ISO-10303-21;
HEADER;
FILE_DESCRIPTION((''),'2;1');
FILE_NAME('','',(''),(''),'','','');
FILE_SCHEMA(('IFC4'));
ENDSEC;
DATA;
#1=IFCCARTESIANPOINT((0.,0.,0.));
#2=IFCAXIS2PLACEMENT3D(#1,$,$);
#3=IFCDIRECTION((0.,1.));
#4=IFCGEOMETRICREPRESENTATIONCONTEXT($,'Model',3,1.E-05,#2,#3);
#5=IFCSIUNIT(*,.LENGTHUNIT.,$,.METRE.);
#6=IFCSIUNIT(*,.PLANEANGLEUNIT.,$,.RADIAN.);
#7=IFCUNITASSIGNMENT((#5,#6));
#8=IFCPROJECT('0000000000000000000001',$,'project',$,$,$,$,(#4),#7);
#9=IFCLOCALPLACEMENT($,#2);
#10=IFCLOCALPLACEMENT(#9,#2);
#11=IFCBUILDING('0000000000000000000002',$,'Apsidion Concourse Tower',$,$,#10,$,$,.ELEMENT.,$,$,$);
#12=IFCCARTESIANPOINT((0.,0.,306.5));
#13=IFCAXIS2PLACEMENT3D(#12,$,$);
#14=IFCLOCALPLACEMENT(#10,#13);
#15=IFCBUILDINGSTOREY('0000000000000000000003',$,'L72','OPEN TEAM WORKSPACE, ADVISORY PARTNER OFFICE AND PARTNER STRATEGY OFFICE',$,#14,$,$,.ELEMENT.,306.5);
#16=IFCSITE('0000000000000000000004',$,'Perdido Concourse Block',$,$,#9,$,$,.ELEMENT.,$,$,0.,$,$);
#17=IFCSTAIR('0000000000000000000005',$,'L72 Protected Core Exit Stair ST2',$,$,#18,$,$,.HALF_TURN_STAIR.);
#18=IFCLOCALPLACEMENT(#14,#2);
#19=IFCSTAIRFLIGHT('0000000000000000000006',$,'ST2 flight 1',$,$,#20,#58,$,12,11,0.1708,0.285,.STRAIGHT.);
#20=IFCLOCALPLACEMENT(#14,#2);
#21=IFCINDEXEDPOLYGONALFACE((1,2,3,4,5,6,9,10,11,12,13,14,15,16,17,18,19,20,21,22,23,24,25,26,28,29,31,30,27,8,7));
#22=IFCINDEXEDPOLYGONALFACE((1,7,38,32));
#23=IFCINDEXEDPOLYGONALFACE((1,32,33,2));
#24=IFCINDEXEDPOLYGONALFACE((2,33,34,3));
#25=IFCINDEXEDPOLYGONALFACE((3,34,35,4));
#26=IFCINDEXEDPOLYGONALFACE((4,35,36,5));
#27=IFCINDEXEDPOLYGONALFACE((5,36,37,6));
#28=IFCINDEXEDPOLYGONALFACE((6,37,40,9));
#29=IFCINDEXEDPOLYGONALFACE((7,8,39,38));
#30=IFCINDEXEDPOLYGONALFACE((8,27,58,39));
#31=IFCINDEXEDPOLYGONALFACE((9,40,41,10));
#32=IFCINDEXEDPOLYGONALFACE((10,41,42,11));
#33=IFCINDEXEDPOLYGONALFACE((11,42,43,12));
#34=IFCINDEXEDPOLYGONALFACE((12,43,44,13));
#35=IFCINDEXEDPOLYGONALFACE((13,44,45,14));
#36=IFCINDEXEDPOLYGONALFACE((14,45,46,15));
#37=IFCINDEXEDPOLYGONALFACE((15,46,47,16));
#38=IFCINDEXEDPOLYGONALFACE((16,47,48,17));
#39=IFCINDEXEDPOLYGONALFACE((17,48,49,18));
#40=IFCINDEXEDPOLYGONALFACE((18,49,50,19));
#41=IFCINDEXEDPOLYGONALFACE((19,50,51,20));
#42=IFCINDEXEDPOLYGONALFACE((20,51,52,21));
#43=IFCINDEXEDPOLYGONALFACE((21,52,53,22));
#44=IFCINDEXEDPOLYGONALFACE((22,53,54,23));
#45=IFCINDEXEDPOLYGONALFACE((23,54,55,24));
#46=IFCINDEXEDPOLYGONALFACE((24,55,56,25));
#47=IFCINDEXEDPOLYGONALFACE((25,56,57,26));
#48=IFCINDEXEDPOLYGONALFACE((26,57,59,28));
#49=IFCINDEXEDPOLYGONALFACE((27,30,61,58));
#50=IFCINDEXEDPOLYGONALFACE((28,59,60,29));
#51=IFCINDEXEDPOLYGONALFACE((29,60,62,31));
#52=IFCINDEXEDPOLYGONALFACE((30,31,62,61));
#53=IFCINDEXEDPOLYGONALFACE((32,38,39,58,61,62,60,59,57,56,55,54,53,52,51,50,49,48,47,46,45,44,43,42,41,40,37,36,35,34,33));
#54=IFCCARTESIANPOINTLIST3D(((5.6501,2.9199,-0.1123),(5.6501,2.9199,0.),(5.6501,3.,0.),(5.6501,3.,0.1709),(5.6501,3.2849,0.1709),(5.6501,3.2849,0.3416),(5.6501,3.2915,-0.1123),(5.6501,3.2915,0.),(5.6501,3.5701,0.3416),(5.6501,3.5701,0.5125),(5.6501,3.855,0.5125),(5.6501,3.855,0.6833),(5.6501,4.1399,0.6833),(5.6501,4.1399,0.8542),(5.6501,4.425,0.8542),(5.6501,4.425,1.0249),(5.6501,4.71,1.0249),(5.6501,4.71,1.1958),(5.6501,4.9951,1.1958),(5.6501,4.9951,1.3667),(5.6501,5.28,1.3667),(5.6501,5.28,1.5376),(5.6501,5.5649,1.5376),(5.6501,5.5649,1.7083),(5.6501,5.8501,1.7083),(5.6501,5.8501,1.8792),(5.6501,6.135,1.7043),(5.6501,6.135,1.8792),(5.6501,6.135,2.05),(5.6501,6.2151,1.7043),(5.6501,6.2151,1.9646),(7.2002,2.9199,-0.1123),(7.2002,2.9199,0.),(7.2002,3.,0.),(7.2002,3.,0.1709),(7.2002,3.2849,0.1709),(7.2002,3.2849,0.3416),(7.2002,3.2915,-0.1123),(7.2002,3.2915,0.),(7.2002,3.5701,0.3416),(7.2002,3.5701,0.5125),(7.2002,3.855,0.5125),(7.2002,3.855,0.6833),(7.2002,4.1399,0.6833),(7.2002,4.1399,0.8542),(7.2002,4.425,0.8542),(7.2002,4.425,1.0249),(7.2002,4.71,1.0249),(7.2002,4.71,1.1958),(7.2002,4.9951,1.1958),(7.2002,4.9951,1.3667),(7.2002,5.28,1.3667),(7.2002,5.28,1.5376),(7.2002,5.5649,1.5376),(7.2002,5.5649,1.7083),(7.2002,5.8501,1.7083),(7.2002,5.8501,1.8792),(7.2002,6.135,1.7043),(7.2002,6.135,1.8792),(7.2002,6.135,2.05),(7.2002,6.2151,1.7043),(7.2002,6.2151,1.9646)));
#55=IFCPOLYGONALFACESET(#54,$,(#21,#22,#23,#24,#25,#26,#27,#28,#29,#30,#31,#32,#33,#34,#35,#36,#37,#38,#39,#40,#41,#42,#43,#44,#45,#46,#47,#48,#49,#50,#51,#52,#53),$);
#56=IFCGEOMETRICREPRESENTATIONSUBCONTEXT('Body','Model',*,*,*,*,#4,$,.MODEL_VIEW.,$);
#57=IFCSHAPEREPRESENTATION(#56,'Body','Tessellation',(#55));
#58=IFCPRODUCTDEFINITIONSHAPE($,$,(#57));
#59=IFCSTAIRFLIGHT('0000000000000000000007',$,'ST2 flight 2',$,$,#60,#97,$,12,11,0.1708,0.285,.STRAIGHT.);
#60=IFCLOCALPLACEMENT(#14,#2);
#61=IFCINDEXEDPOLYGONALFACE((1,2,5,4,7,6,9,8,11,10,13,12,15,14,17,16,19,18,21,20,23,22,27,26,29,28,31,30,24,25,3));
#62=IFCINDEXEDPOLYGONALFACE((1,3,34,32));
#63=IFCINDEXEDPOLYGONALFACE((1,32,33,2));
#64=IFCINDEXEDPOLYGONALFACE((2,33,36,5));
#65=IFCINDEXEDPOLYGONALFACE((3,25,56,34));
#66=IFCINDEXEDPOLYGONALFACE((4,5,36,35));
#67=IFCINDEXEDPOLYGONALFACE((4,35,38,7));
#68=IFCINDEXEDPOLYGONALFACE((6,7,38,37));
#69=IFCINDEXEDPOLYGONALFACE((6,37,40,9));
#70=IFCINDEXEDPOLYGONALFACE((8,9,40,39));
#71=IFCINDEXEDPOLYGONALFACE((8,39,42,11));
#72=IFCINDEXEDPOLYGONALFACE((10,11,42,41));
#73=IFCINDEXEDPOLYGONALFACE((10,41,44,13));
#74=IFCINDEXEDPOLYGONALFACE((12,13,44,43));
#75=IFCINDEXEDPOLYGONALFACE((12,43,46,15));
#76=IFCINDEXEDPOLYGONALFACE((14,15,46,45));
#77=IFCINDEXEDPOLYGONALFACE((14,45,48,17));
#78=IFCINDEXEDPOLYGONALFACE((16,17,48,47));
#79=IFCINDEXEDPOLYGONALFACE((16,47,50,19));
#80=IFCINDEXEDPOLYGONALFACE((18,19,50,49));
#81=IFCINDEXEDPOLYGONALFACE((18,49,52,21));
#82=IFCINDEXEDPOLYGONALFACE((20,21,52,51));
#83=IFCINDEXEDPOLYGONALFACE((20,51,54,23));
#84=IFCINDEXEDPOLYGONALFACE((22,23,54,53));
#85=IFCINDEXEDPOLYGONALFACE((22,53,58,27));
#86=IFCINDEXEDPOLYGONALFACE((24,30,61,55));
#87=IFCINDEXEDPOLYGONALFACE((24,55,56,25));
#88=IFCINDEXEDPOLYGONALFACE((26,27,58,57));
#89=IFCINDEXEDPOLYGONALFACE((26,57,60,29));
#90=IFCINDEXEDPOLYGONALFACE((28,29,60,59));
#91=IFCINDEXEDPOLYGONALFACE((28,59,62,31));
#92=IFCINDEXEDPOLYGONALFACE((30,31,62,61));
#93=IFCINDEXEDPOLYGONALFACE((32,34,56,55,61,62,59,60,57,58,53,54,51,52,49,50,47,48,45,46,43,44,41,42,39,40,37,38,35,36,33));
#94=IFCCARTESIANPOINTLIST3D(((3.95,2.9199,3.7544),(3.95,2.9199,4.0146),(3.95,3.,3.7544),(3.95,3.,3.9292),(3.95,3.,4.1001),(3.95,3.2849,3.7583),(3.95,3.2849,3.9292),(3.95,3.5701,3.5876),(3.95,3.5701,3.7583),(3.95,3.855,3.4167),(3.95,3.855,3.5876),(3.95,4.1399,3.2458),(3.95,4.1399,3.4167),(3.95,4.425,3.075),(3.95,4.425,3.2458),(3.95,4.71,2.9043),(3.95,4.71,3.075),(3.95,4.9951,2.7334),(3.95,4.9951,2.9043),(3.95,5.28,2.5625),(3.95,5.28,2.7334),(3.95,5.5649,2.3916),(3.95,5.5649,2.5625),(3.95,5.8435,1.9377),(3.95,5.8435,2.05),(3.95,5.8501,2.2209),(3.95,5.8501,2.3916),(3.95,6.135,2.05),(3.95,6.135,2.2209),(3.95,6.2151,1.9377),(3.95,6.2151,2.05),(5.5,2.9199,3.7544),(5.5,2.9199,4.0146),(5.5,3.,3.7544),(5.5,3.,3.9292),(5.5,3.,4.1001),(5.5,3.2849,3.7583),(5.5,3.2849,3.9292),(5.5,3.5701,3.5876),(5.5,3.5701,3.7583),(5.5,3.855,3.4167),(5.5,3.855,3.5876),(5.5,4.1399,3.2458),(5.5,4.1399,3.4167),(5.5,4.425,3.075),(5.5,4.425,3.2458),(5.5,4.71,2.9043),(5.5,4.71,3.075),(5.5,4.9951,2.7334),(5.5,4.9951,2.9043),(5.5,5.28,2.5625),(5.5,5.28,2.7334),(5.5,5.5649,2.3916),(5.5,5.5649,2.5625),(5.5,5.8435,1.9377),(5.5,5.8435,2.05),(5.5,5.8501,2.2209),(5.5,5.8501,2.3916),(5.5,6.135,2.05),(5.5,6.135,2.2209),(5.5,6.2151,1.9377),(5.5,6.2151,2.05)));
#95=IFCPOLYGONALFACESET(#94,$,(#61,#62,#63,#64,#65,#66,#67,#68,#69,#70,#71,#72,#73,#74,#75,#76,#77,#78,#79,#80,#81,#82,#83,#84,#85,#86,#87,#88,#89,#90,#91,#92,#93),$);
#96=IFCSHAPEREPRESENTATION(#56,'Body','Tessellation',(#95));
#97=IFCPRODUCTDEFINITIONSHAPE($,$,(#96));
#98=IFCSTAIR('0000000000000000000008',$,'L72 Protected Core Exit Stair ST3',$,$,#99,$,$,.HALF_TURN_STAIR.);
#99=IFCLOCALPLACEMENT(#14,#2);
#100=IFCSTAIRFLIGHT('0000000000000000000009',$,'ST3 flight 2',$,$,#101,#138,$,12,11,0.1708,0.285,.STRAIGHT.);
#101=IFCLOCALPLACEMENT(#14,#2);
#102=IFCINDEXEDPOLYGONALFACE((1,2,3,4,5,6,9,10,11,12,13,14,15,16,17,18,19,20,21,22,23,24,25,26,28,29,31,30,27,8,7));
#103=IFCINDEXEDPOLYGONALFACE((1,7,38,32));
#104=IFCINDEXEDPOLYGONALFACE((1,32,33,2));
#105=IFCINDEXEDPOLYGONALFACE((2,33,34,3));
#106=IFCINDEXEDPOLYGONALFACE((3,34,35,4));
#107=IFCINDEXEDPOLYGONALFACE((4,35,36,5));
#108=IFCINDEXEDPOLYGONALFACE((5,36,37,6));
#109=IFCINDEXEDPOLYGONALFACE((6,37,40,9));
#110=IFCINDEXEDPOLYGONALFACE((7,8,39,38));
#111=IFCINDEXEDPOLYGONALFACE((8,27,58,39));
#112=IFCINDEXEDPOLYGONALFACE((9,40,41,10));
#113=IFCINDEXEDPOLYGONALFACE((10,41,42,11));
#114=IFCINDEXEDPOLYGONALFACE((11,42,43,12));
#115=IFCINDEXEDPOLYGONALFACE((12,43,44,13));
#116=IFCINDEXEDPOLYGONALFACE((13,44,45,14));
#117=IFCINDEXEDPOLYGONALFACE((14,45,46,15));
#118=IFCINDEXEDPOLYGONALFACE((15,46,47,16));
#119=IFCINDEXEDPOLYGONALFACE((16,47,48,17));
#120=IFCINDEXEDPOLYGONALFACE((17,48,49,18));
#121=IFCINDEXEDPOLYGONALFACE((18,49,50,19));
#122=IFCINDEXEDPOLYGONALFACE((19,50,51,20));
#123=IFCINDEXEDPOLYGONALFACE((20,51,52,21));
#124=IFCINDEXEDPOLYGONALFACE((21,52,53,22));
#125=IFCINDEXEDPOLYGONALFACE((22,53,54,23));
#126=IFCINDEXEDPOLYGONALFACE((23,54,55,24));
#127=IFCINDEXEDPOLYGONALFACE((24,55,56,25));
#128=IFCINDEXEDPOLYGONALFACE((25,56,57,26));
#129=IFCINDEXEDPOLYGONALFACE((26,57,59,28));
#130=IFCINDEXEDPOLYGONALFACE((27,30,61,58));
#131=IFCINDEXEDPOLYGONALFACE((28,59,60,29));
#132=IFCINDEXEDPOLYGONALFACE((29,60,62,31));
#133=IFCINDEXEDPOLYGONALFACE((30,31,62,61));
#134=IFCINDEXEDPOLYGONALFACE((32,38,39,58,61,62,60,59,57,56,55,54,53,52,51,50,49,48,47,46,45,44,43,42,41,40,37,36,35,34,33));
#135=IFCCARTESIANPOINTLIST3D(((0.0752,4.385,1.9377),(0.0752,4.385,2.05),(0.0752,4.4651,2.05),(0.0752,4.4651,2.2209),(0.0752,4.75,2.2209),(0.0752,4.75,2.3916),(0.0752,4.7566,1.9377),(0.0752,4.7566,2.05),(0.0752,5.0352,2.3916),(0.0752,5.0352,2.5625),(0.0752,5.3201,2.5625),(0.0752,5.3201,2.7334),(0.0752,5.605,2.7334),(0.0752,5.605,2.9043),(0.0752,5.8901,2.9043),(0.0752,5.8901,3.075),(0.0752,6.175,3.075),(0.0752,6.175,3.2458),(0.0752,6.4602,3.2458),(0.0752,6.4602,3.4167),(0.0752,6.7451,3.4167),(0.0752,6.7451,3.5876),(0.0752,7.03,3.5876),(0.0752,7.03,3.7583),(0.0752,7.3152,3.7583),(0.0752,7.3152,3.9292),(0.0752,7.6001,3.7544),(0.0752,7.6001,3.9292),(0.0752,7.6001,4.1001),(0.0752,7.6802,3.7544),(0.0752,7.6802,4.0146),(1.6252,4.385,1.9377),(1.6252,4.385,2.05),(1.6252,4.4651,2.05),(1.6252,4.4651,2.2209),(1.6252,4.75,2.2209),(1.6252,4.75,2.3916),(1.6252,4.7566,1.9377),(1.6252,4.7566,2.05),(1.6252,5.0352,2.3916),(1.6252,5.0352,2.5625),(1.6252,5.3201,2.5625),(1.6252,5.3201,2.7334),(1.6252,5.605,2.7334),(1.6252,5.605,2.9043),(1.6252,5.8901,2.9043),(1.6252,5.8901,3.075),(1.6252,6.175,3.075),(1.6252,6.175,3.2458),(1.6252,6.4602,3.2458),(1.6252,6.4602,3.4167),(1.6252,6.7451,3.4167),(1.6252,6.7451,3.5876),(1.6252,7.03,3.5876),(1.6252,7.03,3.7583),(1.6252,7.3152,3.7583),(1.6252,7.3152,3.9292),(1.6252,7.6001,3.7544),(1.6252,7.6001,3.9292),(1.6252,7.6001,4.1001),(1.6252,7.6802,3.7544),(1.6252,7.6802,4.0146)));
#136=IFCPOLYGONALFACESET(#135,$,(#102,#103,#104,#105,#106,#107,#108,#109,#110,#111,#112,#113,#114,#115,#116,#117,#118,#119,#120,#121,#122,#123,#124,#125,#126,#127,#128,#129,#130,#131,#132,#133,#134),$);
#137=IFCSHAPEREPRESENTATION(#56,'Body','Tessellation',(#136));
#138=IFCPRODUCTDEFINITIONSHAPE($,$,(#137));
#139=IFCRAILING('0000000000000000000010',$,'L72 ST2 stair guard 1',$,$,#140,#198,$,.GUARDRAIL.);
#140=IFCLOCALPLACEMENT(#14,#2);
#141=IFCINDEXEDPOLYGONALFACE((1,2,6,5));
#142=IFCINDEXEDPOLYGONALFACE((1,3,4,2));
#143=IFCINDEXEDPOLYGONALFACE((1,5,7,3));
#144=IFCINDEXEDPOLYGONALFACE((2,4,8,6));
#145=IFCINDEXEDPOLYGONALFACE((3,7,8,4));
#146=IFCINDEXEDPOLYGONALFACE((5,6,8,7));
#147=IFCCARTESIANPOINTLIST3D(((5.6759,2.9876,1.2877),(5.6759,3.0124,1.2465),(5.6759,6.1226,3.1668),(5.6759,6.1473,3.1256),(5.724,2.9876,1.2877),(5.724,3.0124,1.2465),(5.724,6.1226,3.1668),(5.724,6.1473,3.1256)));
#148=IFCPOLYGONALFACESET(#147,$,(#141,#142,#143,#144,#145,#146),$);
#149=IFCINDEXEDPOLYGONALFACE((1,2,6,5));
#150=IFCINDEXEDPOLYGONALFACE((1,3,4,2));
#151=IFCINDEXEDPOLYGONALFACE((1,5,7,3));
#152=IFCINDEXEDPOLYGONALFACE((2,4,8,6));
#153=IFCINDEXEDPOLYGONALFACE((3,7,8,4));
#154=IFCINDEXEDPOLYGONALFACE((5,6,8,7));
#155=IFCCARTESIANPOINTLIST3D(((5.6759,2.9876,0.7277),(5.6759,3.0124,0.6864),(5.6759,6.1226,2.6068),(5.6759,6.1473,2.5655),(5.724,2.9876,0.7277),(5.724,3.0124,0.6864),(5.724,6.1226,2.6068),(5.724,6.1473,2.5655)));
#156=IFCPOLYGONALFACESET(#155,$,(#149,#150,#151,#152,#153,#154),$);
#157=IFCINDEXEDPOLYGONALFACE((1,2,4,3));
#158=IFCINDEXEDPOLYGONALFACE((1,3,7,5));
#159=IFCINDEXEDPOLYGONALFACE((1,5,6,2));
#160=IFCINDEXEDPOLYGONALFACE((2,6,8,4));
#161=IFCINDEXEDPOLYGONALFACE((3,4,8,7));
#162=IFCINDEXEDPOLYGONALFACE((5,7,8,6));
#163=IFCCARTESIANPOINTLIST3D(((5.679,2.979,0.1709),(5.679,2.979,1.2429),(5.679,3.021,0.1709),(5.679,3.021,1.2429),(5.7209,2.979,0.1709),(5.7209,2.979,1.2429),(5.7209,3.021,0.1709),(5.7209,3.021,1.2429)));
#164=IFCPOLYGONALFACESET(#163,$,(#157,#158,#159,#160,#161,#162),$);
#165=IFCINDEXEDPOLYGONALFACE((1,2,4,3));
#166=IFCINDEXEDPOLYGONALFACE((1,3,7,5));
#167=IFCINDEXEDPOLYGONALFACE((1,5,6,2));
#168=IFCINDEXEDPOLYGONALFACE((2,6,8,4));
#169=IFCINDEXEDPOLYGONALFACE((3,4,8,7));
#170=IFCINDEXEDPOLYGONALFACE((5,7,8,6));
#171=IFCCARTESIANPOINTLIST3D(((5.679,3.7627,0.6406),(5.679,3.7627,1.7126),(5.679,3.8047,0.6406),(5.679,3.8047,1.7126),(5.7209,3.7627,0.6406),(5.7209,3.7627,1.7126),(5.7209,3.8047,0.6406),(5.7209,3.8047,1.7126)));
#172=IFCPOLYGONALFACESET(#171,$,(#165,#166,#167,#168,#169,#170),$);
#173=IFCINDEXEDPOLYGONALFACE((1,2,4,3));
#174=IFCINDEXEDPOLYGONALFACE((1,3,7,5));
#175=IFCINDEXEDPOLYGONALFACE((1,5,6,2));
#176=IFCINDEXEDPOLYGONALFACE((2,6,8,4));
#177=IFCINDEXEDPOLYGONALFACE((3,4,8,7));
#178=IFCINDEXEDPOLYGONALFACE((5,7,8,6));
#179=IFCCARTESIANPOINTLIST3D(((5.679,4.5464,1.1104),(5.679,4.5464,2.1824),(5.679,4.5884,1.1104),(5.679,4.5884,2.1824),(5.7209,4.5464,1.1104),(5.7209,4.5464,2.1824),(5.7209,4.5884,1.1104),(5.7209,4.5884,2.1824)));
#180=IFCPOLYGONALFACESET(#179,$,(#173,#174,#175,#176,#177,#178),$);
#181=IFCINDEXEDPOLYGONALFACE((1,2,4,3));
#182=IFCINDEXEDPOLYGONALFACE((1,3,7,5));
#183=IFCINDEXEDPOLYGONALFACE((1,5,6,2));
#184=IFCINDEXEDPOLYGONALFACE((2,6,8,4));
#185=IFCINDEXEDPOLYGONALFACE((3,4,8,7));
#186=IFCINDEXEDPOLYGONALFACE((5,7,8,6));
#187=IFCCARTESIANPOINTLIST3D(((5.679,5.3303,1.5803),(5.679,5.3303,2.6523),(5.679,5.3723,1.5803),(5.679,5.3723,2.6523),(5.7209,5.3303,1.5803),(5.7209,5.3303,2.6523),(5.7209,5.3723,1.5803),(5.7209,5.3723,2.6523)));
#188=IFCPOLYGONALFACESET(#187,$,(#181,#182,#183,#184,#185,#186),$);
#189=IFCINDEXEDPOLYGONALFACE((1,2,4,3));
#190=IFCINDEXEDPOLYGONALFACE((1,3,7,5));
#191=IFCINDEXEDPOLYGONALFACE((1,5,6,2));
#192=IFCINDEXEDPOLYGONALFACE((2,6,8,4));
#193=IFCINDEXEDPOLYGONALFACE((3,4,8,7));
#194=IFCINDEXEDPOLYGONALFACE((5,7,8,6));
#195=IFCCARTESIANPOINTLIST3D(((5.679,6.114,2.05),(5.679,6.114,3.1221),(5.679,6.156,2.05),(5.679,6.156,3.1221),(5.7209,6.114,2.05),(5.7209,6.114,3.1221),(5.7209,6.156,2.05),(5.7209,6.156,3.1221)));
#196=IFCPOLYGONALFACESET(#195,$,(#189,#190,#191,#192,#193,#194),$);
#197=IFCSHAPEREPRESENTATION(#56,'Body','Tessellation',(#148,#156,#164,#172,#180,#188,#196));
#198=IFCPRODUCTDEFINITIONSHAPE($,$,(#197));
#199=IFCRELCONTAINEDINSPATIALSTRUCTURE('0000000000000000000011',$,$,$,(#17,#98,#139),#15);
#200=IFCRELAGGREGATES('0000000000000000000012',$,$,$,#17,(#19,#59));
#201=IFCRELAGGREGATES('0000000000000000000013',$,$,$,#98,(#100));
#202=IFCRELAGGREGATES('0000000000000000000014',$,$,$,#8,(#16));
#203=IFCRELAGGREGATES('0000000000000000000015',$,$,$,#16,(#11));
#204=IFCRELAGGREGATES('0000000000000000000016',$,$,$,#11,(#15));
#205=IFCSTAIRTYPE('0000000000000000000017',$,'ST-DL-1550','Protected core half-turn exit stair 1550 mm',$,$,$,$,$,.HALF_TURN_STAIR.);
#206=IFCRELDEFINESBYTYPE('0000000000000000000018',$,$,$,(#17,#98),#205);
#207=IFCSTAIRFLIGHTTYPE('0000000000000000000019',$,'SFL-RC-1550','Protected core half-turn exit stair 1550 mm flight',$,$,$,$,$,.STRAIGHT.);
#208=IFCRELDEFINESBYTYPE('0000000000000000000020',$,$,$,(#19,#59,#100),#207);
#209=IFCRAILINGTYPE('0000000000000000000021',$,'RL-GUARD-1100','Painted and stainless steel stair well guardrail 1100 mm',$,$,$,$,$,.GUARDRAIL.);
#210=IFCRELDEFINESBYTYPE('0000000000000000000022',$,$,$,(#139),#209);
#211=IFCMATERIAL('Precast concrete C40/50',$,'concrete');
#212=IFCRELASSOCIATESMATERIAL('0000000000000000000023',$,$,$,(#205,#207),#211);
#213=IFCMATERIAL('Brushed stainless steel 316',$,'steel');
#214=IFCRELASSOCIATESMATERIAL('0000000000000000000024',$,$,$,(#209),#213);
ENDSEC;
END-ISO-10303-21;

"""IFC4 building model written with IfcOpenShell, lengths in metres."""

from ifc_helpers import new_model, si_unit, direction, frame, origin, origin_2d, place, context, subcontext, project, spatial, polyline, rectangle, outline, extrude, material, type_object, element, aggregate, save


model = new_model("IFC4")

# Units and contexts
model_context = context("Model", 3, precision=1e-05, world=origin(), true_north=direction((0.0, 1.0)))
body_context = subcontext(model_context, "Body", "Model", "MODEL_VIEW")
ifc_project = project(units=[si_unit("LENGTHUNIT", "METRE"), si_unit("PLANEANGLEUNIT", "RADIAN")], contexts=[model_context])

# Site, building, storey
site_placement = place(None, origin())
site = spatial("IfcSite", under=ifc_project, at=site_placement, Name="Perdido Concourse Block", CompositionType="ELEMENT", RefElevation=0.0)
building_placement = place(site_placement, origin())
building = spatial("IfcBuilding", under=site, at=building_placement, Name="Apsidion Concourse Tower", CompositionType="ELEMENT")
storey_placement = place(building_placement, frame((0.0, 0.0, 306.5)))
storey = spatial("IfcBuildingStorey", under=building, at=storey_placement, Name="L72", Description="OPEN TEAM WORKSPACE, ADVISORY PARTNER OFFICE AND PARTNER STRATEGY OFFICE", CompositionType="ELEMENT", Elevation=306.5)

# Stair, stair flights
ifc_material_1 = material(Name="Precast concrete C40/50", Category="concrete")
stair_type = type_object("IfcStairType", Name="ST-DL-1550", Description="Protected core half-turn exit stair 1550 mm", PredefinedType="HALF_TURN_STAIR", material=ifc_material_1)
stair_1_placement = place(storey_placement, origin())
stair_1 = element("IfcStair", 1, at=stair_1_placement, inside=storey, type_object=stair_type, Name="L72 Protected Core Exit Stair ST2", PredefinedType="HALF_TURN_STAIR")
stair_flight_type = type_object("IfcStairFlightType", Name="SFL-RC-1550", Description="Protected core half-turn exit stair 1550 mm flight", PredefinedType="STRAIGHT", material=ifc_material_1)
stair_flight_1_placement = place(storey_placement, frame((6.425, 3.0, 0.0), z_axis=(0.0, 0.0, 1.0), x_axis=(0.0, 1.0, 0.0)))
stair_flight_1 = element("IfcStairFlight", 2, at=stair_flight_1_placement, type_object=stair_flight_type, Name="ST2 flight 1", NumberOfRisers=12, NumberOfTreads=11, PredefinedType="STRAIGHT", RiserHeight=0.1708, TreadLength=0.285, context=body_context, shape_type="SweptSolid", body=[
    extrude(outline(polyline([(-0.0801, -0.1123), (-0.0801, 0.0), (0.0, 0.0), (0.0, 0.1709), (0.2849, 0.1709), (0.2849, 0.3416), (0.5701, 0.3416), (0.5701, 0.5125), (0.855, 0.5125), (0.855, 0.6833), (1.1399, 0.6833), (1.1399, 0.8542), (1.425, 0.8542), (1.425, 1.0249), (1.71, 1.0249), (1.71, 1.1958), (1.9951, 1.1958), (1.9951, 1.3667), (2.28, 1.3667), (2.28, 1.5376), (2.5649, 1.5376), (2.5649, 1.7083), (2.8501, 1.7083), (2.8501, 1.8792), (3.135, 1.8792), (3.135, 2.05), (3.2151, 1.9646), (3.2151, 1.7043), (3.135, 1.7043), (0.2915, 0.0), (0.2915, -0.1123), (-0.0801, -0.1123)])), frame((0.0, 0.7749, 0.0), z_axis=(0.0, -1.0, 0.0), x_axis=(1.0, 0.0, 0.0)), (0.0, 0.0, 1.0), 1.55),
])
stair_flight_2_placement = place(storey_placement, frame((4.7251, 6.135, 2.05), z_axis=(0.0, 0.0, 1.0), x_axis=(0.0, -1.0, 0.0)))
stair_flight_2 = element("IfcStairFlight", 3, at=stair_flight_2_placement, type_object=stair_flight_type, Name="ST2 flight 2", NumberOfRisers=12, NumberOfTreads=11, PredefinedType="STRAIGHT", RiserHeight=0.1708, TreadLength=0.285, context=body_context, shape_type="SweptSolid", body=[
    extrude(outline(polyline([(-0.0801, -0.1123), (-0.0801, 0.0), (0.0, 0.0), (0.0, 0.1709), (0.2849, 0.1709), (0.2849, 0.3416), (0.5701, 0.3416), (0.5701, 0.5125), (0.855, 0.5125), (0.855, 0.6833), (1.1399, 0.6833), (1.1399, 0.8542), (1.425, 0.8542), (1.425, 1.0249), (1.71, 1.0249), (1.71, 1.1958), (1.9951, 1.1958), (1.9951, 1.3667), (2.28, 1.3667), (2.28, 1.5376), (2.5649, 1.5376), (2.5649, 1.7083), (2.8501, 1.7083), (2.8501, 1.8792), (3.135, 1.8792), (3.135, 2.05), (3.2151, 1.9646), (3.2151, 1.7043), (3.135, 1.7043), (0.2915, 0.0), (0.2915, -0.1123), (-0.0801, -0.1123)])), frame((0.0, 0.7749, 0.0), z_axis=(0.0, -1.0, 0.0), x_axis=(1.0, 0.0, 0.0)), (0.0, 0.0, 1.0), 1.55),
])
aggregate(stair_1, [stair_flight_1, stair_flight_2])

# Stair, stair flight
stair_2_placement = place(storey_placement, origin())
stair_2 = element("IfcStair", 4, at=stair_2_placement, inside=storey, type_object=stair_type, Name="L72 Protected Core Exit Stair ST3", PredefinedType="HALF_TURN_STAIR")
stair_flight_3_placement = place(storey_placement, frame((0.8501, 4.4651, 2.05), z_axis=(0.0, 0.0, 1.0), x_axis=(0.0, 1.0, 0.0)))
stair_flight_3 = element("IfcStairFlight", 5, at=stair_flight_3_placement, type_object=stair_flight_type, Name="ST3 flight 2", NumberOfRisers=12, NumberOfTreads=11, PredefinedType="STRAIGHT", RiserHeight=0.1708, TreadLength=0.285, context=body_context, shape_type="SweptSolid", body=[
    extrude(outline(polyline([(-0.0801, -0.1123), (-0.0801, 0.0), (0.0, 0.0), (0.0, 0.1709), (0.2849, 0.1709), (0.2849, 0.3416), (0.5701, 0.3416), (0.5701, 0.5125), (0.855, 0.5125), (0.855, 0.6833), (1.1399, 0.6833), (1.1399, 0.8542), (1.425, 0.8542), (1.425, 1.0249), (1.71, 1.0249), (1.71, 1.1958), (1.9951, 1.1958), (1.9951, 1.3667), (2.28, 1.3667), (2.28, 1.5376), (2.5649, 1.5376), (2.5649, 1.7083), (2.8501, 1.7083), (2.8501, 1.8792), (3.135, 1.8792), (3.135, 2.05), (3.2151, 1.9646), (3.2151, 1.7043), (3.135, 1.7043), (0.2915, 0.0), (0.2915, -0.1123), (-0.0801, -0.1123)])), frame((0.0, 0.7749, 0.0), z_axis=(0.0, -1.0, 0.0), x_axis=(1.0, 0.0, 0.0)), (0.0, 0.0, 1.0), 1.55),
])
aggregate(stair_2, [stair_flight_3])

# Railing
ifc_material_2 = material(Name="Brushed stainless steel 316", Category="steel")
railing_type_1 = type_object("IfcRailingType", Name="RL-GUARD-1100", Description="Painted and stainless steel stair well guardrail 1100 mm", PredefinedType="GUARDRAIL", material=ifc_material_2)
railing_1_placement = place(storey_placement, frame((5.7, 3.0, 0.1709)))
element("IfcRailing", 6, at=railing_1_placement, inside=storey, type_object=railing_type_1, Name="L72 ST2 stair guard 1", PredefinedType="GUARDRAIL", context=body_context, shape_type="SweptSolid", body=[
    extrude(rectangle(XDim=0.0481, YDim=0.0481, at=origin_2d()), frame((0.0, 0.0, 1.0962), z_axis=(0.0, 0.857717, 0.514122), x_axis=(-1.0, 0.0, 0.0)), (0.0, 0.0, 1.0), 3.655),
    extrude(rectangle(XDim=0.0481, YDim=0.0481, at=origin_2d()), frame((0.0, 0.0, 0.5361), z_axis=(0.0, 0.857717, 0.514122), x_axis=(-1.0, 0.0, 0.0)), (0.0, 0.0, 1.0), 3.655),
    extrude(rectangle(XDim=0.042, YDim=0.042, at=origin_2d()), origin(), (0.0, 0.0, 1.0), 1.072),
    extrude(rectangle(XDim=0.042, YDim=0.042, at=origin_2d()), frame((0.0, 0.7837, 0.4697)), (0.0, 0.0, 1.0), 1.072),
    extrude(rectangle(XDim=0.042, YDim=0.042, at=origin_2d()), frame((0.0, 1.5674, 0.9395)), (0.0, 0.0, 1.0), 1.072),
    extrude(rectangle(XDim=0.042, YDim=0.042, at=origin_2d()), frame((0.0, 2.3513, 1.4094)), (0.0, 0.0, 1.0), 1.072),
    extrude(rectangle(XDim=0.042, YDim=0.042, at=origin_2d()), frame((0.0, 3.135, 1.8792)), (0.0, 0.0, 1.0), 1.072),
])

save(model, "model.ifc")
